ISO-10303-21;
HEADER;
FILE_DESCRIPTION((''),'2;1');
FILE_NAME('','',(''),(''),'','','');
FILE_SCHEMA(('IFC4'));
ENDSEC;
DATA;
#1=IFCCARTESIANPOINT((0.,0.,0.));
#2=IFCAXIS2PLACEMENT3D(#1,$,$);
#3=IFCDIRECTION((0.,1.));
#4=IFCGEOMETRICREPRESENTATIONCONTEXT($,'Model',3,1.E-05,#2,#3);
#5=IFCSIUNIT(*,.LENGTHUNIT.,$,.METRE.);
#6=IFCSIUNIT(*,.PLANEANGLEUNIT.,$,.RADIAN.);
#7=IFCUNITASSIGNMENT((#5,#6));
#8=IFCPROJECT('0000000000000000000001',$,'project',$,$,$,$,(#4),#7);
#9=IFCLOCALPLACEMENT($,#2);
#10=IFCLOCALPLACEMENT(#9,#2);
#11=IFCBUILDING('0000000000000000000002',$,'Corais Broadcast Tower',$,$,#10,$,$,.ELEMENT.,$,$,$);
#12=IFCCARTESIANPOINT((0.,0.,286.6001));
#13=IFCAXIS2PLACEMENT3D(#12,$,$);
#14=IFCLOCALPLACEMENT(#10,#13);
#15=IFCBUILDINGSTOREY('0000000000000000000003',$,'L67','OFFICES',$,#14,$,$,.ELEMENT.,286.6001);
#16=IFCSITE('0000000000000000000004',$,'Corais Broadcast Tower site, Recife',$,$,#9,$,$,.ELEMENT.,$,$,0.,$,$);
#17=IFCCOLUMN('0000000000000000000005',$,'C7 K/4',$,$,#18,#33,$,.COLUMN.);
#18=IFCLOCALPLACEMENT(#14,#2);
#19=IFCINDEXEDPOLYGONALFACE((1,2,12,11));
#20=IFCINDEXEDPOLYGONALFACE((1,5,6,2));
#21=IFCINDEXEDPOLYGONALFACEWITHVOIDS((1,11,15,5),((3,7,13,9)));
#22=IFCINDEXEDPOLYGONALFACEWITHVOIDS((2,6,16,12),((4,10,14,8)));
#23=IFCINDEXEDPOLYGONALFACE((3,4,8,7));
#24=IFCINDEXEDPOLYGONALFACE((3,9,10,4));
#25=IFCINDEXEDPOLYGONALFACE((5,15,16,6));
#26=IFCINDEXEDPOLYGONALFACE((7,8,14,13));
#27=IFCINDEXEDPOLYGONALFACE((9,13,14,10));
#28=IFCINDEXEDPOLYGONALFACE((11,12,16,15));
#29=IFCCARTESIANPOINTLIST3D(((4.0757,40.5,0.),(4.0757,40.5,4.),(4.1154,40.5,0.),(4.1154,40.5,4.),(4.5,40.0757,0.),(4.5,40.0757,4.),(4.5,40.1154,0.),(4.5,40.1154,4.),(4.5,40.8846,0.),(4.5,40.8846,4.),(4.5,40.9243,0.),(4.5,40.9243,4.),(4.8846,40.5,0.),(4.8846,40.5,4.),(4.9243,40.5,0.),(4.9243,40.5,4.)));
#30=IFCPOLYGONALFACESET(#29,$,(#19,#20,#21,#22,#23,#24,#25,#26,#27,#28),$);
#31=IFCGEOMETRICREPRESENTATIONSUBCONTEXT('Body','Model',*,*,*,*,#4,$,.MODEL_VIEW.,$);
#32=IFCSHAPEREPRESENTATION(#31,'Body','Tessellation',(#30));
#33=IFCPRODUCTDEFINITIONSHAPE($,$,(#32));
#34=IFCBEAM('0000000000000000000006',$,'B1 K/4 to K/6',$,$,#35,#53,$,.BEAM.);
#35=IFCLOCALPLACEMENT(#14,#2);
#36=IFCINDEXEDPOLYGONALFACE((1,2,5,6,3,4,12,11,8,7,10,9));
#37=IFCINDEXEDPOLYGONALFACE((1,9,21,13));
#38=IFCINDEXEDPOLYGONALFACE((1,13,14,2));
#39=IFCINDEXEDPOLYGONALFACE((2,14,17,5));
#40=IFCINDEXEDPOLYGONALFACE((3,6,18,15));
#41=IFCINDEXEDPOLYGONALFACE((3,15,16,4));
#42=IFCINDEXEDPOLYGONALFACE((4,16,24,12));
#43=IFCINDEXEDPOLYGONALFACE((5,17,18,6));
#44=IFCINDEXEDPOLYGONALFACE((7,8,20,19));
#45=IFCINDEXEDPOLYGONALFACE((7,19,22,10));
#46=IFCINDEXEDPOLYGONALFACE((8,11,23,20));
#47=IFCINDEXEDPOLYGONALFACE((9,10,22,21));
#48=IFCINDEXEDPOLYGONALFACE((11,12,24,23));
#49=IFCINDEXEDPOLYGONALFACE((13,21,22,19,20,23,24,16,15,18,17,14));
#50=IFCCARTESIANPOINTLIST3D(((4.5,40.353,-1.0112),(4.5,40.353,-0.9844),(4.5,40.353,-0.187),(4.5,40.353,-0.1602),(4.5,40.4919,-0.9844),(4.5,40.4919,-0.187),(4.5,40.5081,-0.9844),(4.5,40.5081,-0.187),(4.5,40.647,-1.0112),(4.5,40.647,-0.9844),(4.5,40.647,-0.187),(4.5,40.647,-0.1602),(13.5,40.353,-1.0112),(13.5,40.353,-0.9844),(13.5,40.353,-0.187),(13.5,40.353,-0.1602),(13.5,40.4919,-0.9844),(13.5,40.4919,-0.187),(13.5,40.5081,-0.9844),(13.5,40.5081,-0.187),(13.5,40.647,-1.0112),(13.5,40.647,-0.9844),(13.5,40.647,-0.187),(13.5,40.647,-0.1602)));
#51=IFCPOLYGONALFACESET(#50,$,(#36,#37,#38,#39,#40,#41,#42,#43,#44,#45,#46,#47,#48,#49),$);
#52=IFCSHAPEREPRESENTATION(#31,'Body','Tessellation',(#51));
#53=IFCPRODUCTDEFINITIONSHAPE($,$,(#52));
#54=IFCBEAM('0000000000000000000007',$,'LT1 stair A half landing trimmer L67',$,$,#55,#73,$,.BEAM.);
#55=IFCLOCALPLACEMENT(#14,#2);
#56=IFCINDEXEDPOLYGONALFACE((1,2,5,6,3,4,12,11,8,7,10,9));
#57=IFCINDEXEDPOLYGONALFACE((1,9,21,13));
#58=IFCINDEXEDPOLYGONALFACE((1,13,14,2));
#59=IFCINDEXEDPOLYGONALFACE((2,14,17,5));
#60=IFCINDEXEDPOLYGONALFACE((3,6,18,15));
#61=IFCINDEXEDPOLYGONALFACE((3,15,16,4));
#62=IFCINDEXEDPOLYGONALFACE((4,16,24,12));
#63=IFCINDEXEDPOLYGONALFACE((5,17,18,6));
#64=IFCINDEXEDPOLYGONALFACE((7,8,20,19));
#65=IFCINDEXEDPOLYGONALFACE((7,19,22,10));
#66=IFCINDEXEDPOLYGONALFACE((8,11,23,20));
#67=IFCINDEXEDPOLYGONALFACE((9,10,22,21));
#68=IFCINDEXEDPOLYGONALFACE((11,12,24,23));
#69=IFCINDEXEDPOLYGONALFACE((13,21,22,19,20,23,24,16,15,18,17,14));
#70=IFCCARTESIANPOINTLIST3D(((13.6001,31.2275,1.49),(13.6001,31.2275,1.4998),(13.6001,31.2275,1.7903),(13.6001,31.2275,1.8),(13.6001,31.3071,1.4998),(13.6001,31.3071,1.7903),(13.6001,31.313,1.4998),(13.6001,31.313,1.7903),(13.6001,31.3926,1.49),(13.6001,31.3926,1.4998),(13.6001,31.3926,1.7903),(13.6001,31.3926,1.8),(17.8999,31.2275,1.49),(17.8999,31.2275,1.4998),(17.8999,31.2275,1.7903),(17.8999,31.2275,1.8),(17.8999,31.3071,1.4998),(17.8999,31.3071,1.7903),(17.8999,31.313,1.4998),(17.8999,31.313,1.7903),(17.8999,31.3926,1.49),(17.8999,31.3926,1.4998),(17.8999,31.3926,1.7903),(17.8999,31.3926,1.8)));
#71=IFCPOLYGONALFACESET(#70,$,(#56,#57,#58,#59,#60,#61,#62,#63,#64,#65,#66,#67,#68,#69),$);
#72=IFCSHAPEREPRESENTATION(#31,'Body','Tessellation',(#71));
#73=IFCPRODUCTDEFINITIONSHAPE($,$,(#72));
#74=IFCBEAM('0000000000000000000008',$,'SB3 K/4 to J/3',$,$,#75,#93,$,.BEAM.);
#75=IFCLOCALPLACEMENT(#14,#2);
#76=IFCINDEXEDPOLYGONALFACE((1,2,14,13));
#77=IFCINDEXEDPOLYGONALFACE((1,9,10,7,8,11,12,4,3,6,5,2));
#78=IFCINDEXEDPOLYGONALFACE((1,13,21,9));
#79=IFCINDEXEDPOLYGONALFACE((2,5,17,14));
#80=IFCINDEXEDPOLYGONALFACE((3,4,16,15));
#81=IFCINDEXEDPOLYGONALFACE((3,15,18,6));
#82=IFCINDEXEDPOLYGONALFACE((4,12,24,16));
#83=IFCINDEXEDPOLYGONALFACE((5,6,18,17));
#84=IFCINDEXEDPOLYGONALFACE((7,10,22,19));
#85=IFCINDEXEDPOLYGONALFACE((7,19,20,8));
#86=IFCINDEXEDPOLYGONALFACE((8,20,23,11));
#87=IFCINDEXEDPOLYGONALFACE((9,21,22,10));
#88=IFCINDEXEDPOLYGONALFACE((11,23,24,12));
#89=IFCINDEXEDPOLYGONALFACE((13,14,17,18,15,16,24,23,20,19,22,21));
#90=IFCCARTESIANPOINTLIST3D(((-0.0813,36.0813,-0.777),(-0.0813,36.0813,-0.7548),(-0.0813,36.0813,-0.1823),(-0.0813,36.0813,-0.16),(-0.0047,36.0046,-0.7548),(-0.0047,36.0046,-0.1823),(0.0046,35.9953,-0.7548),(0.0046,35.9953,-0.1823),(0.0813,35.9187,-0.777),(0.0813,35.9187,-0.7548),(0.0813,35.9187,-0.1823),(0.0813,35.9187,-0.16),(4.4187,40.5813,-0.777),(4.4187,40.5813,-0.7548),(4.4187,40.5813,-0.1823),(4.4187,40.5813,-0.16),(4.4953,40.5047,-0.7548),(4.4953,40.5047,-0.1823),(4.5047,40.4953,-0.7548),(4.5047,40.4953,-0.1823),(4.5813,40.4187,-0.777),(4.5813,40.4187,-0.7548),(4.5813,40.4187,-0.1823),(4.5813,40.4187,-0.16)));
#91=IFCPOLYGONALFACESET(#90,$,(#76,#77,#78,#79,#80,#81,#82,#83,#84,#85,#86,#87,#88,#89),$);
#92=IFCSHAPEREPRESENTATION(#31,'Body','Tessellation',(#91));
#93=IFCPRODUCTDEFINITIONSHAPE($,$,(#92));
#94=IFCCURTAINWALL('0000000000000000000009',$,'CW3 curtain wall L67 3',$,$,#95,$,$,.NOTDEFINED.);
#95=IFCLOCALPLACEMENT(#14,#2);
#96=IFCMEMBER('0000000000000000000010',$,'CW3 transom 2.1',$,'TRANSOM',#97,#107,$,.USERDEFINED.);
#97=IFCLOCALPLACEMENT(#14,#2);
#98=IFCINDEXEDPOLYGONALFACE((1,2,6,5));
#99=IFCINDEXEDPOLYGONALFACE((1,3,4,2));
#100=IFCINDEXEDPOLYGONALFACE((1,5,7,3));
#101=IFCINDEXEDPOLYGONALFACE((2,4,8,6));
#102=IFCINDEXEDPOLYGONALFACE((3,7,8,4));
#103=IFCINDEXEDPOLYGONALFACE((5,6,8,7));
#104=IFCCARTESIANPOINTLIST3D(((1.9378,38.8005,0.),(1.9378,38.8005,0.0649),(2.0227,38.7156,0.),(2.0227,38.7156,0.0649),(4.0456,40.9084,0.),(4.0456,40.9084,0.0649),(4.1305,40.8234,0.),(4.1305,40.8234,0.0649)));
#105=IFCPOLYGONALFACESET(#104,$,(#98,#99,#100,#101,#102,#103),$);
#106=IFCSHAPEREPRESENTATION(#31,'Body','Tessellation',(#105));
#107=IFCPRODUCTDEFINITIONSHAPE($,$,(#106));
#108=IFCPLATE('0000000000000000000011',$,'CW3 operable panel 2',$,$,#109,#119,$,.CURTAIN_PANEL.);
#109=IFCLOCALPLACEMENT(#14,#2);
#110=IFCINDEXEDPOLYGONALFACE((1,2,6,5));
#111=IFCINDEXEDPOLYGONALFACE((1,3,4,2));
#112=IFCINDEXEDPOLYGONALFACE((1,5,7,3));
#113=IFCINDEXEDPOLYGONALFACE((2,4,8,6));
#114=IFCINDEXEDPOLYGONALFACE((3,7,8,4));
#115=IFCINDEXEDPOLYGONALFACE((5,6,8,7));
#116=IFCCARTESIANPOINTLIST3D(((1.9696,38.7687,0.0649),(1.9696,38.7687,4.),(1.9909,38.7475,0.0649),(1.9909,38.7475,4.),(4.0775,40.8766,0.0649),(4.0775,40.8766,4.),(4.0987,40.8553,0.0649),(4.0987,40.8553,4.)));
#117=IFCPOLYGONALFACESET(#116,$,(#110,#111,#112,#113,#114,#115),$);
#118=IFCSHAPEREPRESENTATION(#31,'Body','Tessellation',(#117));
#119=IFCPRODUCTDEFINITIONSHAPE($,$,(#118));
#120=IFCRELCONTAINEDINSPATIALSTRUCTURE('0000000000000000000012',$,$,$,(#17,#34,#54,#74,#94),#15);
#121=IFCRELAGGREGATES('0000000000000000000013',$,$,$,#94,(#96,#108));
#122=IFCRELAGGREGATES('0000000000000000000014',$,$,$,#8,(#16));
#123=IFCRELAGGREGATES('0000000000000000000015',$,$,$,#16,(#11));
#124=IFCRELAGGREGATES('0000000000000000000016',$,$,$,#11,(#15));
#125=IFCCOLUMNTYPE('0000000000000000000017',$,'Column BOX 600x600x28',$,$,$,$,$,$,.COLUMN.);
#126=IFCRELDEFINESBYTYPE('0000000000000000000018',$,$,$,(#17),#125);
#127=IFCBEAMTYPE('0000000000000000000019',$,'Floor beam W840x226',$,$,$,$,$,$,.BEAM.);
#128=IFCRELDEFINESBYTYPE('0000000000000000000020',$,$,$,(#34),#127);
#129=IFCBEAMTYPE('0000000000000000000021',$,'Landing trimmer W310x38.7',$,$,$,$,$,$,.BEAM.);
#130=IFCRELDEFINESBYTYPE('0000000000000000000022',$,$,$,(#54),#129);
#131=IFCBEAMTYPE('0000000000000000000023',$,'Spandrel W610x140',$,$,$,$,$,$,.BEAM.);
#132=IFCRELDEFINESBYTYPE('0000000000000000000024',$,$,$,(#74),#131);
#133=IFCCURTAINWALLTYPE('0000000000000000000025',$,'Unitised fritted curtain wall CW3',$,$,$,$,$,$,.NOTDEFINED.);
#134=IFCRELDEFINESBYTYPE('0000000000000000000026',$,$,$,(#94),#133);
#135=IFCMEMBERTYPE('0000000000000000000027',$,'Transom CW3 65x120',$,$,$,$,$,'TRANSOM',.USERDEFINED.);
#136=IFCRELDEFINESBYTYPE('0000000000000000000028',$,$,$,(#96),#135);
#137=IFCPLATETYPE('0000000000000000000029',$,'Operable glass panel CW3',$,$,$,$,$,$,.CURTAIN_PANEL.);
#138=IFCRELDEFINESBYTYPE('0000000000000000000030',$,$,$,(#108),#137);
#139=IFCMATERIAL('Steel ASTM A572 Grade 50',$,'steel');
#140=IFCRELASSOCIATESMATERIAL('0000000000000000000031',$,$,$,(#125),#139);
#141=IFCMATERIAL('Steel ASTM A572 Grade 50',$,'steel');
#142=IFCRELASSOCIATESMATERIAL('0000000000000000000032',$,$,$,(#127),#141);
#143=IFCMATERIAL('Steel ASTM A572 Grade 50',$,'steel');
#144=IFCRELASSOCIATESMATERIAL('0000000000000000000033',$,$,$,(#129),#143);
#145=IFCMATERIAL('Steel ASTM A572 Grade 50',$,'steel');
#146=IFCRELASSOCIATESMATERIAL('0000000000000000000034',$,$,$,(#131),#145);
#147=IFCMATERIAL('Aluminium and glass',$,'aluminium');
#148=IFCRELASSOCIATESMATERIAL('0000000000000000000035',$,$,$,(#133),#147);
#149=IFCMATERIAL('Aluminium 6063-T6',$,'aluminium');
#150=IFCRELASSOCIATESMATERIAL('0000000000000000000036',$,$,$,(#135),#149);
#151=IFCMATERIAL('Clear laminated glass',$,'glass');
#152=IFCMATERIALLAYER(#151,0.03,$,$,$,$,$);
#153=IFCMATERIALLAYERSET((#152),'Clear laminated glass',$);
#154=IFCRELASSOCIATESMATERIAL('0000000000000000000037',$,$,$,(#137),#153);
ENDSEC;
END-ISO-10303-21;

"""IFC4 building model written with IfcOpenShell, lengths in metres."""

from ifc_helpers import new_model, si_unit, direction, frame, origin, origin_2d, place, context, subcontext, project, spatial, rectangle, hollow_rectangle, i_section, extrude, material, layer, layer_set, material_profile, profile_set, type_object, element, aggregate, save


model = new_model("IFC4")

# Units and contexts
model_context = context("Model", 3, precision=1e-05, world=origin(), true_north=direction((0.0, 1.0)))
body_context = subcontext(model_context, "Body", "Model", "MODEL_VIEW")
ifc_project = project(units=[si_unit("LENGTHUNIT", "METRE"), si_unit("PLANEANGLEUNIT", "RADIAN")], contexts=[model_context])

# Site, building, storey
site_placement = place(None, origin())
site = spatial("IfcSite", under=ifc_project, at=site_placement, Name="Corais Broadcast Tower site, Recife", CompositionType="ELEMENT", RefElevation=0.0)
building_placement = place(site_placement, origin())
building = spatial("IfcBuilding", under=site, at=building_placement, Name="Corais Broadcast Tower", CompositionType="ELEMENT")
storey_placement = place(building_placement, frame((0.0, 0.0, 286.6001)))
storey = spatial("IfcBuildingStorey", under=building, at=storey_placement, Name="L67", Description="OFFICES", CompositionType="ELEMENT", Elevation=286.6001)

# Column
ifc_material_1 = material(Name="Steel ASTM A572 Grade 50", Category="steel")
ifc_material_profile_1 = material_profile(ifc_material_1, hollow_rectangle(XDim=0.6001, YDim=0.6001, WallThickness=0.0281, at=origin_2d()), Name="BOX 600x600x28")
ifc_profile_set_1 = profile_set([ifc_material_profile_1], Name="Steel ASTM A572 Grade 50")
column_type = type_object("IfcColumnType", Name="Column BOX 600x600x28", PredefinedType="COLUMN", material=ifc_profile_set_1)
column_placement = place(storey_placement, frame((4.5, 40.5, 0.0), z_axis=(0.0, 0.0, 1.0), x_axis=(0.707107, 0.707107, 0.0)))
element("IfcColumn", 1, at=column_placement, inside=storey, type_object=column_type, Name="C7 K/4", PredefinedType="COLUMN", context=body_context, shape_type="SweptSolid", body=[
    extrude(hollow_rectangle(XDim=0.6001, YDim=0.6001, WallThickness=0.0281, at=origin_2d()), origin(), (0.0, 0.0, 1.0), 4.0),
])

# Beams
ifc_material_2 = material(Name="Steel ASTM A572 Grade 50", Category="steel")
ifc_material_profile_2 = material_profile(ifc_material_2, i_section(OverallWidth=0.2939, OverallDepth=0.8511, WebThickness=0.0161, FlangeThickness=0.0269, at=origin_2d()), Name="W840x226")
ifc_profile_set_2 = profile_set([ifc_material_profile_2], Name="Steel ASTM A572 Grade 50")
beam_type_1 = type_object("IfcBeamType", Name="Floor beam W840x226", PredefinedType="BEAM", material=ifc_profile_set_2)
beam_1_placement = place(storey_placement, frame((4.5, 40.5, -0.5857), z_axis=(1.0, 0.0, 0.0), x_axis=(0.0, 1.0, 0.0)))
element("IfcBeam", 2, at=beam_1_placement, inside=storey, type_object=beam_type_1, Name="B1 K/4 to K/6", PredefinedType="BEAM", context=body_context, shape_type="SweptSolid", body=[
    extrude(i_section(OverallWidth=0.2939, OverallDepth=0.8511, WebThickness=0.0161, FlangeThickness=0.0269, at=origin_2d()), origin(), (0.0, 0.0, 1.0), 9.0),
])
ifc_material_3 = material(Name="Steel ASTM A572 Grade 50", Category="steel")
ifc_material_profile_3 = material_profile(ifc_material_3, i_section(OverallWidth=0.165, OverallDepth=0.3101, WebThickness=0.0059, FlangeThickness=0.0098, at=origin_2d()), Name="W310x38.7")
ifc_profile_set_3 = profile_set([ifc_material_profile_3], Name="Steel ASTM A572 Grade 50")
beam_type_2 = type_object("IfcBeamType", Name="Landing trimmer W310x38.7", PredefinedType="BEAM", material=ifc_profile_set_3)
beam_2_placement = place(storey_placement, frame((13.6001, 31.3101, 1.645), z_axis=(1.0, 0.0, 0.0), x_axis=(0.0, 1.0, 0.0)))
element("IfcBeam", 3, at=beam_2_placement, inside=storey, type_object=beam_type_2, Name="LT1 stair A half landing trimmer L67", PredefinedType="BEAM", context=body_context, shape_type="SweptSolid", body=[
    extrude(i_section(OverallWidth=0.165, OverallDepth=0.3101, WebThickness=0.0059, FlangeThickness=0.0098, at=origin_2d()), origin(), (0.0, 0.0, 1.0), 4.2998),
])
ifc_material_4 = material(Name="Steel ASTM A572 Grade 50", Category="steel")
ifc_material_profile_4 = material_profile(ifc_material_4, i_section(OverallWidth=0.23, OverallDepth=0.6169, WebThickness=0.0132, FlangeThickness=0.0222, at=origin_2d()), Name="W610x140")
ifc_profile_set_4 = profile_set([ifc_material_profile_4], Name="Steel ASTM A572 Grade 50")
beam_type_3 = type_object("IfcBeamType", Name="Spandrel W610x140", PredefinedType="BEAM", material=ifc_profile_set_4)
beam_3_placement = place(storey_placement, frame((4.5, 40.5, -0.4685), z_axis=(-0.707107, -0.707107, 0.0), x_axis=(0.707107, -0.707107, 0.0)))
element("IfcBeam", 4, at=beam_3_placement, inside=storey, type_object=beam_type_3, Name="SB3 K/4 to J/3", PredefinedType="BEAM", context=body_context, shape_type="SweptSolid", body=[
    extrude(i_section(OverallWidth=0.23, OverallDepth=0.6169, WebThickness=0.0132, FlangeThickness=0.0222, at=origin_2d()), origin(), (0.0, 0.0, 1.0), 6.364),
])

# Curtain wall, member, plate
ifc_material_5 = material(Name="Aluminium and glass", Category="aluminium")
curtain_wall_type = type_object("IfcCurtainWallType", Name="Unitised fritted curtain wall CW3", PredefinedType="NOTDEFINED", material=ifc_material_5)
curtain_wall_placement = place(storey_placement, origin())
curtain_wall = element("IfcCurtainWall", 5, at=curtain_wall_placement, inside=storey, type_object=curtain_wall_type, Name="CW3 curtain wall L67 3", PredefinedType="NOTDEFINED")
ifc_material_6 = material(Name="Aluminium 6063-T6", Category="aluminium")
ifc_material_profile_5 = material_profile(ifc_material_6, rectangle(XDim=0.1201, YDim=0.0649, at=origin_2d()), Name="Transom CW3 65x120")
ifc_profile_set_5 = profile_set([ifc_material_profile_5], Name="Aluminium 6063-T6")
member_type = type_object("IfcMemberType", Name="Transom CW3 65x120", ElementType="TRANSOM", PredefinedType="USERDEFINED", material=ifc_profile_set_5)
member_placement = place(storey_placement, frame((1.9802, 38.7581, 0.0325), z_axis=(0.707107, 0.707107, 0.0), x_axis=(-0.707107, 0.707107, 0.0)))
member = element("IfcMember", 6, at=member_placement, type_object=member_type, Name="CW3 transom 2.1", ObjectType="TRANSOM", PredefinedType="USERDEFINED", context=body_context, shape_type="SweptSolid", body=[
    extrude(rectangle(XDim=0.1201, YDim=0.0649, at=origin_2d()), origin(), (0.0, 0.0, 1.0), 2.981),
])
ifc_material_7 = material(Name="Clear laminated glass", Category="glass")
ifc_layer_1 = layer(ifc_material_7, 0.03)
ifc_layer_set_1 = layer_set([ifc_layer_1], Name="Clear laminated glass")
plate_type = type_object("IfcPlateType", Name="Operable glass panel CW3", PredefinedType="CURTAIN_PANEL", material=ifc_layer_set_1)
plate_placement = place(storey_placement, frame((3.0342, 39.812, 0.0649), z_axis=(0.0, 0.0, 1.0), x_axis=(0.707107, 0.707107, 0.0)))
plate = element("IfcPlate", 7, at=plate_placement, type_object=plate_type, Name="CW3 operable panel 2", PredefinedType="CURTAIN_PANEL", context=body_context, shape_type="SweptSolid", body=[
    extrude(rectangle(XDim=2.981, YDim=0.03, at=origin_2d()), origin(), (0.0, 0.0, 1.0), 3.9351),
])
aggregate(curtain_wall, [member, plate])

save(model, "model.ifc")
